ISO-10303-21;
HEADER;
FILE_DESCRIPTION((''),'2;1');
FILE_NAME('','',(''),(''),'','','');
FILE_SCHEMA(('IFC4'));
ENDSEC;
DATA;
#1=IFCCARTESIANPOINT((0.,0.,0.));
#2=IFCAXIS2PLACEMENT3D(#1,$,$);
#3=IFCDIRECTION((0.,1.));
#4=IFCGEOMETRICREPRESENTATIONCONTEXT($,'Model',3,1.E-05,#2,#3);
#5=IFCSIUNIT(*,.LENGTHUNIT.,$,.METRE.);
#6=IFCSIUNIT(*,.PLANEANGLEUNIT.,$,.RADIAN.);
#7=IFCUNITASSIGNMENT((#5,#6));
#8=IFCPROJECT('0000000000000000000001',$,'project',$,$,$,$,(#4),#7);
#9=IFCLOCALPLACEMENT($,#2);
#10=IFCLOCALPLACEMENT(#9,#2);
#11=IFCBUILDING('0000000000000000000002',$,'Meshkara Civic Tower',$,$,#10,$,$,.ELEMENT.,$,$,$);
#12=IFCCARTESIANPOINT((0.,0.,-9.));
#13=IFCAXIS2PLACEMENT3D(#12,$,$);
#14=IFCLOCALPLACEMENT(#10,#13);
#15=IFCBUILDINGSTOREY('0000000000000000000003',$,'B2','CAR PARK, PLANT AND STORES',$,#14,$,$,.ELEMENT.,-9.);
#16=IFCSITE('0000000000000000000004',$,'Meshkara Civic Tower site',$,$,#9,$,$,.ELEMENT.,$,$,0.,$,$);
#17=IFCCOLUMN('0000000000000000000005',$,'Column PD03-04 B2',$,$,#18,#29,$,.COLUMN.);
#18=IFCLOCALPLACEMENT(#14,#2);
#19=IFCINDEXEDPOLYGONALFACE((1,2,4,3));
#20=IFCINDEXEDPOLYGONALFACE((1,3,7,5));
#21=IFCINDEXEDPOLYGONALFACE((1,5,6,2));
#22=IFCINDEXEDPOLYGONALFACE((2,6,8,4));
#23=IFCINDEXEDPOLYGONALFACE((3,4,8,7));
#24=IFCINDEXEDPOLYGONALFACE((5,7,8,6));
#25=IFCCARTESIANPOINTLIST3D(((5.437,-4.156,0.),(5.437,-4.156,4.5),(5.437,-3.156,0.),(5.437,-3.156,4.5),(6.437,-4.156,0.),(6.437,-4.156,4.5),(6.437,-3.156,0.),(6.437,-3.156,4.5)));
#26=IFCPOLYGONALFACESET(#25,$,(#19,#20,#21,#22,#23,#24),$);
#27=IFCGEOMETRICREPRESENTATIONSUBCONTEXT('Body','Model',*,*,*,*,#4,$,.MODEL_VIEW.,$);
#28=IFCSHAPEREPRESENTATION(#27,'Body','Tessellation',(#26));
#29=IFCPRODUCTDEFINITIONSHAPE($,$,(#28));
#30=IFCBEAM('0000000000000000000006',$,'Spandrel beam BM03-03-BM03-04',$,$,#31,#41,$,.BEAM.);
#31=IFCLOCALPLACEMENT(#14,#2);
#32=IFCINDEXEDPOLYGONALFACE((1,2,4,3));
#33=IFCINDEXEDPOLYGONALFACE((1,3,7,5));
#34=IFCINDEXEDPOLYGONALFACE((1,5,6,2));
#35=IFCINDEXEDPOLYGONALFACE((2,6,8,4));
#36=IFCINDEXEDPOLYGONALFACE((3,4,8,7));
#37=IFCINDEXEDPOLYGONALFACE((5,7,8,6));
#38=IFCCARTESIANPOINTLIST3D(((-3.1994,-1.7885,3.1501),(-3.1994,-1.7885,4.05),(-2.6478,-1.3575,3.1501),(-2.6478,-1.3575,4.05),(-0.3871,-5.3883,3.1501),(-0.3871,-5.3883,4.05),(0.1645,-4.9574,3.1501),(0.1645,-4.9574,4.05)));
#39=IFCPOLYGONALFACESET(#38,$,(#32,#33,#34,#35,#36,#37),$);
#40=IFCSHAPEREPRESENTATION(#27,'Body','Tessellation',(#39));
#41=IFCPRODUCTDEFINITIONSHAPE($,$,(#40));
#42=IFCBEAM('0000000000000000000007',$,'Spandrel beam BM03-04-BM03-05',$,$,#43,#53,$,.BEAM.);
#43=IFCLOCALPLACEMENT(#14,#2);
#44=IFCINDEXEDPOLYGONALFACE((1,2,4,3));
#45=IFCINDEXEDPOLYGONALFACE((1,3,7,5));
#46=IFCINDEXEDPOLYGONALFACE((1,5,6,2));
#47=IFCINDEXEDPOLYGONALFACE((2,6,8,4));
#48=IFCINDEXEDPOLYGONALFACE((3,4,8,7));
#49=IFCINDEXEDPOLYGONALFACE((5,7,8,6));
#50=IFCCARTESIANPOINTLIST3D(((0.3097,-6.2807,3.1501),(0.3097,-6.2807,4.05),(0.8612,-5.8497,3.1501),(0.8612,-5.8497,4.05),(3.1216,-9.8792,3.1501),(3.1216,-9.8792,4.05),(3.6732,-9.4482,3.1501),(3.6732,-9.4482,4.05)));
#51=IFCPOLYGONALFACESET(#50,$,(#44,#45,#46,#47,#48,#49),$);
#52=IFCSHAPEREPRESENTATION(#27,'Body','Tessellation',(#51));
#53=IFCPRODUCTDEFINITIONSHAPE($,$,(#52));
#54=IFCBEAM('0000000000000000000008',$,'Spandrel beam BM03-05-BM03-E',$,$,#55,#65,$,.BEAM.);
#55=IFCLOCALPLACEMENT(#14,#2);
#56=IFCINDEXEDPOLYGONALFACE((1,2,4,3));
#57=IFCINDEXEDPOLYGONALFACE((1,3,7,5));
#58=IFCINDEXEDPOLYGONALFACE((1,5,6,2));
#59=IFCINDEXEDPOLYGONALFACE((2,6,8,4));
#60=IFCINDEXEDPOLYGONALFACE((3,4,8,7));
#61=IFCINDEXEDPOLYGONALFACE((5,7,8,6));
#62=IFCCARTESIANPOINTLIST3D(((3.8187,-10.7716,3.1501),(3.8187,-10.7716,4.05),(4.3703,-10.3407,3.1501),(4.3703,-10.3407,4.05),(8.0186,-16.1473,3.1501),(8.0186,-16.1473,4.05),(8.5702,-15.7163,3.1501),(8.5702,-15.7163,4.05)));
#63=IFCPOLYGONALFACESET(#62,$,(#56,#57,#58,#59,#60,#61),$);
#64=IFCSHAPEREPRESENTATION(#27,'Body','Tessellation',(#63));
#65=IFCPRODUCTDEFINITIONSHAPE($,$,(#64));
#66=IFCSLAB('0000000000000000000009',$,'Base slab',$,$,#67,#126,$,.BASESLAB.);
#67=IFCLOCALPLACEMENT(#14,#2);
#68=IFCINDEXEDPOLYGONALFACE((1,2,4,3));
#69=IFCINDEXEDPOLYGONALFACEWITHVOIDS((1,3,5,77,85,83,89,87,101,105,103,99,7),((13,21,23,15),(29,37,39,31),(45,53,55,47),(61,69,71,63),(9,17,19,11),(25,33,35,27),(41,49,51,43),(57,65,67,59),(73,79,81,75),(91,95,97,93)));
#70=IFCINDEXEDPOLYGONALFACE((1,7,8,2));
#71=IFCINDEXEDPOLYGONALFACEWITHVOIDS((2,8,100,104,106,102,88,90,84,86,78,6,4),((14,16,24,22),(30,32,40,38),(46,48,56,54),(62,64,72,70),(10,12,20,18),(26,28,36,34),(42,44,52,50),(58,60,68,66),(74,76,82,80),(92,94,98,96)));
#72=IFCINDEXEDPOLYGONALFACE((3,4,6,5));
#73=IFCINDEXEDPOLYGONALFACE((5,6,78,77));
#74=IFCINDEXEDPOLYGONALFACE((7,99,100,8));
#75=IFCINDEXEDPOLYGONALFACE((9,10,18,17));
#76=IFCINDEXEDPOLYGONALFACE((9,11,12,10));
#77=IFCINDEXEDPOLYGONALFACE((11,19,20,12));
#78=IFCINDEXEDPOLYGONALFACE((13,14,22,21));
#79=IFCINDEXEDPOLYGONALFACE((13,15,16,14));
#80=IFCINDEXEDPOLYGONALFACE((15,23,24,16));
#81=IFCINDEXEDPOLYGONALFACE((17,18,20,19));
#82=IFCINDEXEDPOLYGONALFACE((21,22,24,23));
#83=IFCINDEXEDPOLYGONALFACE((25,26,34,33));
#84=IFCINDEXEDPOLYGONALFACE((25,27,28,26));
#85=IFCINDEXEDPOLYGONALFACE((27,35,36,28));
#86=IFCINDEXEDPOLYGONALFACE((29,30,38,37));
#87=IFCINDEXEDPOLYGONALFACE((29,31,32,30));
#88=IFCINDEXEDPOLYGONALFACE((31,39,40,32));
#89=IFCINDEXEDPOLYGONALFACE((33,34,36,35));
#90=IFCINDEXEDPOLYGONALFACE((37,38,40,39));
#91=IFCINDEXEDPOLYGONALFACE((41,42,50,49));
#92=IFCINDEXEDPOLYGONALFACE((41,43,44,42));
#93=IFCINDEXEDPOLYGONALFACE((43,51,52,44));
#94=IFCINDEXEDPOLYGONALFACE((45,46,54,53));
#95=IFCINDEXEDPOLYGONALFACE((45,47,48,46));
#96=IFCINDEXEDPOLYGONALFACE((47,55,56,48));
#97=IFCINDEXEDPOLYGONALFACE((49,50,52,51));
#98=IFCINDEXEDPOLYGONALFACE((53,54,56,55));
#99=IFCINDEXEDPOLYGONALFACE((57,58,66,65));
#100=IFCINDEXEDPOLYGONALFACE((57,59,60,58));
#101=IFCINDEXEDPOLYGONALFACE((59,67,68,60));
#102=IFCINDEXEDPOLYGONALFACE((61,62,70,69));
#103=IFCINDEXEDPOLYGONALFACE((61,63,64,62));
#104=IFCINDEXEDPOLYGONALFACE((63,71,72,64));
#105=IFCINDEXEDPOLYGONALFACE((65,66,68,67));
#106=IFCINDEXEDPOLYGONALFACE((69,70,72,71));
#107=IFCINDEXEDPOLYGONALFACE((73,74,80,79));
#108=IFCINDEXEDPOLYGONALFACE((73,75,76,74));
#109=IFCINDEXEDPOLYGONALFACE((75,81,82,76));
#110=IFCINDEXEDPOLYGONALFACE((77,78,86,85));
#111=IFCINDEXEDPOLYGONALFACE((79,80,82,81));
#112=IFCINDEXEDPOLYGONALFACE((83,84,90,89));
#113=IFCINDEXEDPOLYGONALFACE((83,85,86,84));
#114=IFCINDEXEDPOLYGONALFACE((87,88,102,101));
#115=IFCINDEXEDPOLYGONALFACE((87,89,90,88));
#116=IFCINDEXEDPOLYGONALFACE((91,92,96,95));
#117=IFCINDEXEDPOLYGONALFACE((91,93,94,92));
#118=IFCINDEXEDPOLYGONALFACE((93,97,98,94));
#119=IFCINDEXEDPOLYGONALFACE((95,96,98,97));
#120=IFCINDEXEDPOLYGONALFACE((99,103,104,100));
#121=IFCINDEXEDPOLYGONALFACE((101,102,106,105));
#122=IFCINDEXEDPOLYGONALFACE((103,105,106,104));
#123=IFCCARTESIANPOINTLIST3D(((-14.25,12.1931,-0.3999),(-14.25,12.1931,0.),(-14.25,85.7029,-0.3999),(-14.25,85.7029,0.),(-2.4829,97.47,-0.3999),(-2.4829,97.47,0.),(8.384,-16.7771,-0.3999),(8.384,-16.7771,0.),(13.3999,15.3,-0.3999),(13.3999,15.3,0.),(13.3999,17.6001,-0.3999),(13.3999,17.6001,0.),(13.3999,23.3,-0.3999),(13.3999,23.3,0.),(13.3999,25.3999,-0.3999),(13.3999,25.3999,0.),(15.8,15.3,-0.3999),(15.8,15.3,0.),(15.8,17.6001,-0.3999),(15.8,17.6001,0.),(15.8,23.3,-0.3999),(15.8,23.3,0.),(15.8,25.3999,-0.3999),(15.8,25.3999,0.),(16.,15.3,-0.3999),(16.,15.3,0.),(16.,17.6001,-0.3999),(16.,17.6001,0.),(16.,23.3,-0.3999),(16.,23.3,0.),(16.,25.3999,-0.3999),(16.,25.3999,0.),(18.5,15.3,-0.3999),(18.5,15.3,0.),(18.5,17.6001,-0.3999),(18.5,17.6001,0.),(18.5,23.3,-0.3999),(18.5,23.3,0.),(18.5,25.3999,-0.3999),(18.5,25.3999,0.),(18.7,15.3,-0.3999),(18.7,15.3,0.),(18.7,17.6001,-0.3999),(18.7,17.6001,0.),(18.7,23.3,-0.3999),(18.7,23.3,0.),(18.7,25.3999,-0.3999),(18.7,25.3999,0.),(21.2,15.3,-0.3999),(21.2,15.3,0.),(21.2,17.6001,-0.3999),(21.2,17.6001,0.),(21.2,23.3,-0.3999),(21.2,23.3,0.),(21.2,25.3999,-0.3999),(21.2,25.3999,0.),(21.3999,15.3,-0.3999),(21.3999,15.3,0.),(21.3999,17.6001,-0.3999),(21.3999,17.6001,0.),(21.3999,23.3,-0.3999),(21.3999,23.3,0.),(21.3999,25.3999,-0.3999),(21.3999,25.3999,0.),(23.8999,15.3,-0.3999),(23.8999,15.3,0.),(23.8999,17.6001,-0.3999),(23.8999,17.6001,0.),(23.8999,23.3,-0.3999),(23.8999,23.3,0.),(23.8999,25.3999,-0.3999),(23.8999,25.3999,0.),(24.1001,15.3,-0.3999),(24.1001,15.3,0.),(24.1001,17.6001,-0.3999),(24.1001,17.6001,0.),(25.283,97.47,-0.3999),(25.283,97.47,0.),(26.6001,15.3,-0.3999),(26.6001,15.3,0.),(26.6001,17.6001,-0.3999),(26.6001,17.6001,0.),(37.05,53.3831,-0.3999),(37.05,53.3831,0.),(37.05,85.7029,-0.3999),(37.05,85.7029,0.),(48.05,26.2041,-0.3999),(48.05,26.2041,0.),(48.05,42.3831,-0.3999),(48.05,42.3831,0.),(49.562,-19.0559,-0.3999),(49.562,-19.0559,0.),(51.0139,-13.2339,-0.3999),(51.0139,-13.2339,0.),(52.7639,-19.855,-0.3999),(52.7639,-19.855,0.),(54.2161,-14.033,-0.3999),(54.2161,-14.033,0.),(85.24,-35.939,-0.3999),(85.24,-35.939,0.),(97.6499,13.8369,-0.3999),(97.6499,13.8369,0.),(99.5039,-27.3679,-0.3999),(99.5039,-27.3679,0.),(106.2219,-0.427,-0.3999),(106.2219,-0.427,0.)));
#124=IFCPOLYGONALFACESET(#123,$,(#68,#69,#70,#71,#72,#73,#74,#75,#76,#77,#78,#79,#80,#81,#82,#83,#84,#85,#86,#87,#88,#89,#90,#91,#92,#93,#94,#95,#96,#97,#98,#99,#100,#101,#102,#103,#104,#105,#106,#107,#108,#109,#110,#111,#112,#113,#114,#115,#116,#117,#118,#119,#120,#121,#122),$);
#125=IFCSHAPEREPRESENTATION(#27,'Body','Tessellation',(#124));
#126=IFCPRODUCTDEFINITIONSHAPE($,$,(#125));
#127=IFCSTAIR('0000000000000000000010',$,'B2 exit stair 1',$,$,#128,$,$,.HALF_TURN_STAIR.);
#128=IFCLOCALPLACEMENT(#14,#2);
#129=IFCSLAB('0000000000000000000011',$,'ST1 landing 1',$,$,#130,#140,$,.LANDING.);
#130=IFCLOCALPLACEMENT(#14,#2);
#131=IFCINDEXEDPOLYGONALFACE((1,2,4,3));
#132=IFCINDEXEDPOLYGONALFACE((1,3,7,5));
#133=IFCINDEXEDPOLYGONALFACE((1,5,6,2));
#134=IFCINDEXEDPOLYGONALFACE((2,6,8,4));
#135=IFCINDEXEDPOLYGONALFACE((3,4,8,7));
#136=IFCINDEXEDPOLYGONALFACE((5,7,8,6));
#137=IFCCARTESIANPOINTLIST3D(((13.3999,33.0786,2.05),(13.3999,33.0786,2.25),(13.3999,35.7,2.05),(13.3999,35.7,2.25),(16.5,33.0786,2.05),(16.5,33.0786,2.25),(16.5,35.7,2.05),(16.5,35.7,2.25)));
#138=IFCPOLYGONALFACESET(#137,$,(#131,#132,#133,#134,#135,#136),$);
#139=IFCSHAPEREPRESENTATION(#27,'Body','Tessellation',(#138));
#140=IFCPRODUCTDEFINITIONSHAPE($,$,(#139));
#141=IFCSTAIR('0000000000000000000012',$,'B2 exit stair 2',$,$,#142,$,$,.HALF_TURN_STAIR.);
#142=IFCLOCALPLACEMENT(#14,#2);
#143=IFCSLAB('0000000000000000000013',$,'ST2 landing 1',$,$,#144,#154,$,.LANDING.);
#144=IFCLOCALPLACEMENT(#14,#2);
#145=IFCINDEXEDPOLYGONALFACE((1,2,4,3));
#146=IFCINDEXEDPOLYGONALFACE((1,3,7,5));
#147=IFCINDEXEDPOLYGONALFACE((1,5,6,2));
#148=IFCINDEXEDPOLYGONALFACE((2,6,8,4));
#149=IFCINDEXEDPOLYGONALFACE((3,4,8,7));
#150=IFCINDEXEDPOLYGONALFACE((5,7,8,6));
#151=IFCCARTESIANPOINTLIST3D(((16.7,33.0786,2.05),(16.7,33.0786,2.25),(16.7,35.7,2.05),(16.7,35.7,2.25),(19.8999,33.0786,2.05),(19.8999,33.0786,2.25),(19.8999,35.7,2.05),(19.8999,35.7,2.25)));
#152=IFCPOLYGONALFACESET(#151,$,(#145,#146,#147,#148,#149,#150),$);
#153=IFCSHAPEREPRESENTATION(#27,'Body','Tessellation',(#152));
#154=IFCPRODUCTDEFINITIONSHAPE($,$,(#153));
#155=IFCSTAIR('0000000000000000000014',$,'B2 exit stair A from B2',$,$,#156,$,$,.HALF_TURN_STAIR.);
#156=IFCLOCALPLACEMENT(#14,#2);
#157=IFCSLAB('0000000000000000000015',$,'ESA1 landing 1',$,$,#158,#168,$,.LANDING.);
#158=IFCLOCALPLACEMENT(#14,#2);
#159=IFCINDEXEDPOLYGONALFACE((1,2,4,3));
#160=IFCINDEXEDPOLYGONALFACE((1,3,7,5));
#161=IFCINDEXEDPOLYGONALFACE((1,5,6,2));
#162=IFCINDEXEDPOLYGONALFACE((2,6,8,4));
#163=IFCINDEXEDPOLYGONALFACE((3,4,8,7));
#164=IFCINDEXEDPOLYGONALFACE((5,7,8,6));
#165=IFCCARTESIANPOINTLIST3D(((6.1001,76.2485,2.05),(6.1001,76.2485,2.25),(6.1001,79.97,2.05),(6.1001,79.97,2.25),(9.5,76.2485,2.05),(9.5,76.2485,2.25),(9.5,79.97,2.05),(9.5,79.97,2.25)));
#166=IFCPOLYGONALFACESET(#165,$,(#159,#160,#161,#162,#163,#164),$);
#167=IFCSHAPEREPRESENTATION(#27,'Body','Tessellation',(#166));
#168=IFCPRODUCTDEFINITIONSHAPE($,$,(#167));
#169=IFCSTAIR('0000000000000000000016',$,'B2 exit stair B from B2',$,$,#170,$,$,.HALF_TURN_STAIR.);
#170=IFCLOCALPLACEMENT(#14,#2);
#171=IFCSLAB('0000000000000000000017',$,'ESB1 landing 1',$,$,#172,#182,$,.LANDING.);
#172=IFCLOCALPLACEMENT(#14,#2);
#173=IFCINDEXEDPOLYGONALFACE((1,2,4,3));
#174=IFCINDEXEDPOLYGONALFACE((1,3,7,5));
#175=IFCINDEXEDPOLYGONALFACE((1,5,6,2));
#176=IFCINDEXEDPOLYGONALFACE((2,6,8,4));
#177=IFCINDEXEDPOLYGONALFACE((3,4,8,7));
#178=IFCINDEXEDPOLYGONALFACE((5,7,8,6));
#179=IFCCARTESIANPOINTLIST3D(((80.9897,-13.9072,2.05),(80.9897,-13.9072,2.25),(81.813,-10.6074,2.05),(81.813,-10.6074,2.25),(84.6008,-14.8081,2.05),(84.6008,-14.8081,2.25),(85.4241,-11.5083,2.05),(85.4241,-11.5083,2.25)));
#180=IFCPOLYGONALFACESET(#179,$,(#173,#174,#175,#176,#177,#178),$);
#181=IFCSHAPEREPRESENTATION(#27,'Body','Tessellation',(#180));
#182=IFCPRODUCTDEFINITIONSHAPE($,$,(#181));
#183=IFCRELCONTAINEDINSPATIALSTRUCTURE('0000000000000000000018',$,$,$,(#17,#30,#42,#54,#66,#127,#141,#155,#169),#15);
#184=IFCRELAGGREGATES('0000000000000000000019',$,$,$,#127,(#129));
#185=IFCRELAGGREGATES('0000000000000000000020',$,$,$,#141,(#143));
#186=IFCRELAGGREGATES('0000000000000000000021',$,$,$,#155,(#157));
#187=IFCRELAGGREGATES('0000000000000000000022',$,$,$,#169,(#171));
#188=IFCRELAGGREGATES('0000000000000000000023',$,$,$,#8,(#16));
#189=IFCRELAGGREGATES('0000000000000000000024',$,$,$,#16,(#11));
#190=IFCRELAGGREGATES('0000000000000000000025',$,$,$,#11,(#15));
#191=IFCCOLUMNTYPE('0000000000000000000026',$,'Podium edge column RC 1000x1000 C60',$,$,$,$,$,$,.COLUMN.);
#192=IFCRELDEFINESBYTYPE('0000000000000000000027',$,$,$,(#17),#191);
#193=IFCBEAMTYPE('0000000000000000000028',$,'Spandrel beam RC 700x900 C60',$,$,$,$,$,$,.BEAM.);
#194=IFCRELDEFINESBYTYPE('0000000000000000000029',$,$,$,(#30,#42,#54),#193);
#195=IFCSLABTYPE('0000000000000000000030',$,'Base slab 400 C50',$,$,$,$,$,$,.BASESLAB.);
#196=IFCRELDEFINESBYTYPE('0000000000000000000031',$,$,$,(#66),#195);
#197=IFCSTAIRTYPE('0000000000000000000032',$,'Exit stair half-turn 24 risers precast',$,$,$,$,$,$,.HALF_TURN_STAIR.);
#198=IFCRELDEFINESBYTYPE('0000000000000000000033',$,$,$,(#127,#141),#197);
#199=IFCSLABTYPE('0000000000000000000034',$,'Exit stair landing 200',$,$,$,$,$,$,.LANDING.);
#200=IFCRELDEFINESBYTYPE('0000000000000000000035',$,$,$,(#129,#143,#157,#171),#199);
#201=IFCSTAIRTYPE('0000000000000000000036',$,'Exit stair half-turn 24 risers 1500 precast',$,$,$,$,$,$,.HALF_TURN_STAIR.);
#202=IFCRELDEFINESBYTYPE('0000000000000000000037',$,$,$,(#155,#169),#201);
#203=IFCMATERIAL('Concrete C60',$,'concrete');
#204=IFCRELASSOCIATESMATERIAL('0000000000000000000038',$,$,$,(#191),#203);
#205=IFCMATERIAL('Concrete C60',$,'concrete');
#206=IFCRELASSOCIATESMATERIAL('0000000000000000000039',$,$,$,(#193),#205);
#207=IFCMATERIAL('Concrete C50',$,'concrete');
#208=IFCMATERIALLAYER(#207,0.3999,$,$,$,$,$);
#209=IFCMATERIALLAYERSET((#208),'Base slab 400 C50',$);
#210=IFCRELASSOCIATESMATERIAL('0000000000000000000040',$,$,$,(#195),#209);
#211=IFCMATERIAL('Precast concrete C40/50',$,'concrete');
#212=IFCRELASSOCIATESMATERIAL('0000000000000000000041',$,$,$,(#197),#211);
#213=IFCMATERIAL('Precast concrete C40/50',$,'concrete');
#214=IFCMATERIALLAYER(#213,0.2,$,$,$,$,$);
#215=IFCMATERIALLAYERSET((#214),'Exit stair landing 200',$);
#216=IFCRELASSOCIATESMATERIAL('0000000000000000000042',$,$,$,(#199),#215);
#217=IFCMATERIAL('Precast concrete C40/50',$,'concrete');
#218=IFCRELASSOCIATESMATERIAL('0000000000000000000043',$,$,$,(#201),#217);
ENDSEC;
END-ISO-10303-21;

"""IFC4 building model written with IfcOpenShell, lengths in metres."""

from ifc_helpers import new_model, si_unit, direction, frame, origin, origin_2d, place, context, subcontext, project, spatial, polyline, rectangle, outline, extrude, material, layer, layer_set, material_profile, profile_set, type_object, element, aggregate, save


model = new_model("IFC4")

# Units and contexts
model_context = context("Model", 3, precision=1e-05, world=origin(), true_north=direction((0.0, 1.0)))
body_context = subcontext(model_context, "Body", "Model", "MODEL_VIEW")
ifc_project = project(units=[si_unit("LENGTHUNIT", "METRE"), si_unit("PLANEANGLEUNIT", "RADIAN")], contexts=[model_context])

# Site, building, storey
site_placement = place(None, origin())
site = spatial("IfcSite", under=ifc_project, at=site_placement, Name="Meshkara Civic Tower site", CompositionType="ELEMENT", RefElevation=0.0)
building_placement = place(site_placement, origin())
building = spatial("IfcBuilding", under=site, at=building_placement, Name="Meshkara Civic Tower", CompositionType="ELEMENT")
storey_placement = place(building_placement, frame((0.0, 0.0, -9.0)))
storey = spatial("IfcBuildingStorey", under=building, at=storey_placement, Name="B2", Description="CAR PARK, PLANT AND STORES", CompositionType="ELEMENT", Elevation=-9.0)

# Column
ifc_material_1 = material(Name="Concrete C60", Category="concrete")
ifc_material_profile_1 = material_profile(ifc_material_1, rectangle(XDim=1.0, YDim=1.0, at=origin_2d()))
ifc_profile_set_1 = profile_set([ifc_material_profile_1], Name="Concrete C60")
column_type_1 = type_object("IfcColumnType", Name="Podium edge column RC 1000x1000 C60", PredefinedType="COLUMN", material=ifc_profile_set_1)
for number, where, z_axis, x_axis, name in (
    (1, (5.937, -3.656, 0.0), (0.0, 0.0, 1.0), (1.0, 0.0, 0.0), "Column PD03-04 B2"),
):
    element("IfcColumn", number, at=place(storey_placement, frame(where, z_axis=z_axis, x_axis=x_axis)), inside=storey, type_object=column_type_1, Name=name, PredefinedType="COLUMN", context=body_context, shape_type="SweptSolid", body=[
        extrude(rectangle(XDim=1.0, YDim=1.0, at=origin_2d()), origin(), (0.0, 0.0, 1.0), 4.5),
    ])

# Beams
ifc_material_2 = material(Name="Concrete C60", Category="concrete")
ifc_material_profile_2 = material_profile(ifc_material_2, rectangle(XDim=0.7, YDim=0.8999, at=origin_2d()))
ifc_profile_set_2 = profile_set([ifc_material_profile_2], Name="Concrete C60")
beam_type = type_object("IfcBeamType", Name="Spandrel beam RC 700x900 C60", PredefinedType="BEAM", material=ifc_profile_set_2)
beam_1_placement = place(storey_placement, frame((-2.9236, -1.573, 3.6001), z_axis=(0.615626, -0.788038, 0.0), x_axis=(0.788038, 0.615626, 0.0)))
element("IfcBeam", 2, at=beam_1_placement, inside=storey, type_object=beam_type, Name="Spandrel beam BM03-03-BM03-04", PredefinedType="BEAM", context=body_context, shape_type="SweptSolid", body=[
    extrude(rectangle(XDim=0.7, YDim=0.8999, at=origin_2d()), origin(), (0.0, 0.0, 1.0), 4.5681),
])
beam_2_placement = place(storey_placement, frame((0.5854, -6.0652, 3.6001), z_axis=(0.615723, -0.787963, 0.0), x_axis=(0.787963, 0.615723, 0.0)))
element("IfcBeam", 3, at=beam_2_placement, inside=storey, type_object=beam_type, Name="Spandrel beam BM03-04-BM03-05", PredefinedType="BEAM", context=body_context, shape_type="SweptSolid", body=[
    extrude(rectangle(XDim=0.7, YDim=0.8999, at=origin_2d()), origin(), (0.0, 0.0, 1.0), 4.5669),
])
beam_3_placement = place(storey_placement, frame((4.0945, -10.5562, 3.6001), z_axis=(0.615659, -0.788013, 0.0), x_axis=(0.788013, 0.615659, 0.0)))
element("IfcBeam", 4, at=beam_3_placement, inside=storey, type_object=beam_type, Name="Spandrel beam BM03-05-BM03-E", PredefinedType="BEAM", context=body_context, shape_type="SweptSolid", body=[
    extrude(rectangle(XDim=0.7, YDim=0.8999, at=origin_2d()), origin(), (0.0, 0.0, 1.0), 6.8218),
])

# Slab
ifc_material_3 = material(Name="Concrete C50", Category="concrete")
ifc_layer_1 = layer(ifc_material_3, 0.3999)
ifc_layer_set_1 = layer_set([ifc_layer_1], Name="Base slab 400 C50")
slab_type_1 = type_object("IfcSlabType", Name="Base slab 400 C50", PredefinedType="BASESLAB", material=ifc_layer_set_1)
slab_1_placement = place(storey_placement, frame((0.0, 0.0, -0.3999)))
element("IfcSlab", 5, at=slab_1_placement, inside=storey, type_object=slab_type_1, Name="Base slab", PredefinedType="BASESLAB", context=body_context, shape_type="SweptSolid", body=[
    extrude(outline(polyline([(37.05, 85.7029), (25.283, 97.47), (-2.4829, 97.47), (-14.25, 85.7029), (-14.25, 12.1931), (8.384, -16.7771), (85.24, -35.939), (99.5039, -27.3679), (106.2219, -0.427), (97.6499, 13.8369), (48.05, 26.2041), (48.05, 42.3831), (37.05, 53.3831), (37.05, 85.7029)]), holes=[polyline([(13.3999, 15.3), (13.3999, 17.6001), (15.8, 17.6001), (15.8, 15.3), (13.3999, 15.3)]), polyline([(16.0, 15.3), (16.0, 17.6001), (18.5, 17.6001), (18.5, 15.3), (16.0, 15.3)]), polyline([(18.7, 15.3), (18.7, 17.6001), (21.2, 17.6001), (21.2, 15.3), (18.7, 15.3)]), polyline([(21.3999, 15.3), (21.3999, 17.6001), (23.8999, 17.6001), (23.8999, 15.3), (21.3999, 15.3)]), polyline([(24.1001, 15.3), (24.1001, 17.6001), (26.6001, 17.6001), (26.6001, 15.3), (24.1001, 15.3)]), polyline([(13.3999, 25.3999), (15.8, 25.3999), (15.8, 23.3), (13.3999, 23.3), (13.3999, 25.3999)]), polyline([(18.5, 23.3), (16.0, 23.3), (16.0, 25.3999), (18.5, 25.3999), (18.5, 23.3)]), polyline([(18.7, 25.3999), (21.2, 25.3999), (21.2, 23.3), (18.7, 23.3), (18.7, 25.3999)]), polyline([(21.3999, 23.3), (21.3999, 25.3999), (23.8999, 25.3999), (23.8999, 23.3), (21.3999, 23.3)]), polyline([(51.0139, -13.2339), (49.562, -19.0559), (52.7639, -19.855), (54.2161, -14.033), (51.0139, -13.2339)])]), origin(), (0.0, 0.0, 1.0), 0.3999),
])

# Stairs, slabs
ifc_material_4 = material(Name="Precast concrete C40/50", Category="concrete")
stair_type_1 = type_object("IfcStairType", Name="Exit stair half-turn 24 risers precast", PredefinedType="HALF_TURN_STAIR", material=ifc_material_4)
stair_1_placement = place(storey_placement, origin())
stair_1 = element("IfcStair", 6, at=stair_1_placement, inside=storey, type_object=stair_type_1, Name="B2 exit stair 1", PredefinedType="HALF_TURN_STAIR")
ifc_material_5 = material(Name="Precast concrete C40/50", Category="concrete")
ifc_layer_2 = layer(ifc_material_5, 0.2)
ifc_layer_set_2 = layer_set([ifc_layer_2], Name="Exit stair landing 200")
slab_type_2 = type_object("IfcSlabType", Name="Exit stair landing 200", PredefinedType="LANDING", material=ifc_layer_set_2)
slab_2_placement = place(storey_placement, frame((0.0, 0.0, 2.05)))
slab_2 = element("IfcSlab", 7, at=slab_2_placement, type_object=slab_type_2, Name="ST1 landing 1", PredefinedType="LANDING", context=body_context, shape_type="SweptSolid", body=[
    extrude(outline(polyline([(16.5, 33.0786), (16.5, 35.7), (13.3999, 35.7), (13.3999, 33.0786), (16.5, 33.0786)])), origin(), (0.0, 0.0, 1.0), 0.2),
])
aggregate(stair_1, [slab_2])
stair_2_placement = place(storey_placement, origin())
stair_2 = element("IfcStair", 8, at=stair_2_placement, inside=storey, type_object=stair_type_1, Name="B2 exit stair 2", PredefinedType="HALF_TURN_STAIR")
slab_3_placement = place(storey_placement, frame((0.0, 0.0, 2.05)))
slab_3 = element("IfcSlab", 9, at=slab_3_placement, type_object=slab_type_2, Name="ST2 landing 1", PredefinedType="LANDING", context=body_context, shape_type="SweptSolid", body=[
    extrude(outline(polyline([(19.8999, 33.0786), (19.8999, 35.7), (16.7, 35.7), (16.7, 33.0786), (19.8999, 33.0786)])), origin(), (0.0, 0.0, 1.0), 0.2),
])
aggregate(stair_2, [slab_3])
ifc_material_6 = material(Name="Precast concrete C40/50", Category="concrete")
stair_type_2 = type_object("IfcStairType", Name="Exit stair half-turn 24 risers 1500 precast", PredefinedType="HALF_TURN_STAIR", material=ifc_material_6)
stair_3_placement = place(storey_placement, origin())
stair_3 = element("IfcStair", 10, at=stair_3_placement, inside=storey, type_object=stair_type_2, Name="B2 exit stair A from B2", PredefinedType="HALF_TURN_STAIR")
slab_4_placement = place(storey_placement, frame((0.0, 0.0, 2.05)))
slab_4 = element("IfcSlab", 11, at=slab_4_placement, type_object=slab_type_2, Name="ESA1 landing 1", PredefinedType="LANDING", context=body_context, shape_type="SweptSolid", body=[
    extrude(outline(polyline([(9.5, 76.2485), (9.5, 79.97), (6.1001, 79.97), (6.1001, 76.2485), (9.5, 76.2485)])), origin(), (0.0, 0.0, 1.0), 0.2),
])
aggregate(stair_3, [slab_4])
stair_4_placement = place(storey_placement, origin())
stair_4 = element("IfcStair", 12, at=stair_4_placement, inside=storey, type_object=stair_type_2, Name="B2 exit stair B from B2", PredefinedType="HALF_TURN_STAIR")
slab_5_placement = place(storey_placement, frame((0.0, 0.0, 2.05)))
slab_5 = element("IfcSlab", 13, at=slab_5_placement, type_object=slab_type_2, Name="ESB1 landing 1", PredefinedType="LANDING", context=body_context, shape_type="SweptSolid", body=[
    extrude(outline(polyline([(80.9897, -13.9072), (84.6008, -14.8081), (85.4241, -11.5083), (81.813, -10.6074), (80.9897, -13.9072)])), origin(), (0.0, 0.0, 1.0), 0.2),
])
aggregate(stair_4, [slab_5])

save(model, "model.ifc")
